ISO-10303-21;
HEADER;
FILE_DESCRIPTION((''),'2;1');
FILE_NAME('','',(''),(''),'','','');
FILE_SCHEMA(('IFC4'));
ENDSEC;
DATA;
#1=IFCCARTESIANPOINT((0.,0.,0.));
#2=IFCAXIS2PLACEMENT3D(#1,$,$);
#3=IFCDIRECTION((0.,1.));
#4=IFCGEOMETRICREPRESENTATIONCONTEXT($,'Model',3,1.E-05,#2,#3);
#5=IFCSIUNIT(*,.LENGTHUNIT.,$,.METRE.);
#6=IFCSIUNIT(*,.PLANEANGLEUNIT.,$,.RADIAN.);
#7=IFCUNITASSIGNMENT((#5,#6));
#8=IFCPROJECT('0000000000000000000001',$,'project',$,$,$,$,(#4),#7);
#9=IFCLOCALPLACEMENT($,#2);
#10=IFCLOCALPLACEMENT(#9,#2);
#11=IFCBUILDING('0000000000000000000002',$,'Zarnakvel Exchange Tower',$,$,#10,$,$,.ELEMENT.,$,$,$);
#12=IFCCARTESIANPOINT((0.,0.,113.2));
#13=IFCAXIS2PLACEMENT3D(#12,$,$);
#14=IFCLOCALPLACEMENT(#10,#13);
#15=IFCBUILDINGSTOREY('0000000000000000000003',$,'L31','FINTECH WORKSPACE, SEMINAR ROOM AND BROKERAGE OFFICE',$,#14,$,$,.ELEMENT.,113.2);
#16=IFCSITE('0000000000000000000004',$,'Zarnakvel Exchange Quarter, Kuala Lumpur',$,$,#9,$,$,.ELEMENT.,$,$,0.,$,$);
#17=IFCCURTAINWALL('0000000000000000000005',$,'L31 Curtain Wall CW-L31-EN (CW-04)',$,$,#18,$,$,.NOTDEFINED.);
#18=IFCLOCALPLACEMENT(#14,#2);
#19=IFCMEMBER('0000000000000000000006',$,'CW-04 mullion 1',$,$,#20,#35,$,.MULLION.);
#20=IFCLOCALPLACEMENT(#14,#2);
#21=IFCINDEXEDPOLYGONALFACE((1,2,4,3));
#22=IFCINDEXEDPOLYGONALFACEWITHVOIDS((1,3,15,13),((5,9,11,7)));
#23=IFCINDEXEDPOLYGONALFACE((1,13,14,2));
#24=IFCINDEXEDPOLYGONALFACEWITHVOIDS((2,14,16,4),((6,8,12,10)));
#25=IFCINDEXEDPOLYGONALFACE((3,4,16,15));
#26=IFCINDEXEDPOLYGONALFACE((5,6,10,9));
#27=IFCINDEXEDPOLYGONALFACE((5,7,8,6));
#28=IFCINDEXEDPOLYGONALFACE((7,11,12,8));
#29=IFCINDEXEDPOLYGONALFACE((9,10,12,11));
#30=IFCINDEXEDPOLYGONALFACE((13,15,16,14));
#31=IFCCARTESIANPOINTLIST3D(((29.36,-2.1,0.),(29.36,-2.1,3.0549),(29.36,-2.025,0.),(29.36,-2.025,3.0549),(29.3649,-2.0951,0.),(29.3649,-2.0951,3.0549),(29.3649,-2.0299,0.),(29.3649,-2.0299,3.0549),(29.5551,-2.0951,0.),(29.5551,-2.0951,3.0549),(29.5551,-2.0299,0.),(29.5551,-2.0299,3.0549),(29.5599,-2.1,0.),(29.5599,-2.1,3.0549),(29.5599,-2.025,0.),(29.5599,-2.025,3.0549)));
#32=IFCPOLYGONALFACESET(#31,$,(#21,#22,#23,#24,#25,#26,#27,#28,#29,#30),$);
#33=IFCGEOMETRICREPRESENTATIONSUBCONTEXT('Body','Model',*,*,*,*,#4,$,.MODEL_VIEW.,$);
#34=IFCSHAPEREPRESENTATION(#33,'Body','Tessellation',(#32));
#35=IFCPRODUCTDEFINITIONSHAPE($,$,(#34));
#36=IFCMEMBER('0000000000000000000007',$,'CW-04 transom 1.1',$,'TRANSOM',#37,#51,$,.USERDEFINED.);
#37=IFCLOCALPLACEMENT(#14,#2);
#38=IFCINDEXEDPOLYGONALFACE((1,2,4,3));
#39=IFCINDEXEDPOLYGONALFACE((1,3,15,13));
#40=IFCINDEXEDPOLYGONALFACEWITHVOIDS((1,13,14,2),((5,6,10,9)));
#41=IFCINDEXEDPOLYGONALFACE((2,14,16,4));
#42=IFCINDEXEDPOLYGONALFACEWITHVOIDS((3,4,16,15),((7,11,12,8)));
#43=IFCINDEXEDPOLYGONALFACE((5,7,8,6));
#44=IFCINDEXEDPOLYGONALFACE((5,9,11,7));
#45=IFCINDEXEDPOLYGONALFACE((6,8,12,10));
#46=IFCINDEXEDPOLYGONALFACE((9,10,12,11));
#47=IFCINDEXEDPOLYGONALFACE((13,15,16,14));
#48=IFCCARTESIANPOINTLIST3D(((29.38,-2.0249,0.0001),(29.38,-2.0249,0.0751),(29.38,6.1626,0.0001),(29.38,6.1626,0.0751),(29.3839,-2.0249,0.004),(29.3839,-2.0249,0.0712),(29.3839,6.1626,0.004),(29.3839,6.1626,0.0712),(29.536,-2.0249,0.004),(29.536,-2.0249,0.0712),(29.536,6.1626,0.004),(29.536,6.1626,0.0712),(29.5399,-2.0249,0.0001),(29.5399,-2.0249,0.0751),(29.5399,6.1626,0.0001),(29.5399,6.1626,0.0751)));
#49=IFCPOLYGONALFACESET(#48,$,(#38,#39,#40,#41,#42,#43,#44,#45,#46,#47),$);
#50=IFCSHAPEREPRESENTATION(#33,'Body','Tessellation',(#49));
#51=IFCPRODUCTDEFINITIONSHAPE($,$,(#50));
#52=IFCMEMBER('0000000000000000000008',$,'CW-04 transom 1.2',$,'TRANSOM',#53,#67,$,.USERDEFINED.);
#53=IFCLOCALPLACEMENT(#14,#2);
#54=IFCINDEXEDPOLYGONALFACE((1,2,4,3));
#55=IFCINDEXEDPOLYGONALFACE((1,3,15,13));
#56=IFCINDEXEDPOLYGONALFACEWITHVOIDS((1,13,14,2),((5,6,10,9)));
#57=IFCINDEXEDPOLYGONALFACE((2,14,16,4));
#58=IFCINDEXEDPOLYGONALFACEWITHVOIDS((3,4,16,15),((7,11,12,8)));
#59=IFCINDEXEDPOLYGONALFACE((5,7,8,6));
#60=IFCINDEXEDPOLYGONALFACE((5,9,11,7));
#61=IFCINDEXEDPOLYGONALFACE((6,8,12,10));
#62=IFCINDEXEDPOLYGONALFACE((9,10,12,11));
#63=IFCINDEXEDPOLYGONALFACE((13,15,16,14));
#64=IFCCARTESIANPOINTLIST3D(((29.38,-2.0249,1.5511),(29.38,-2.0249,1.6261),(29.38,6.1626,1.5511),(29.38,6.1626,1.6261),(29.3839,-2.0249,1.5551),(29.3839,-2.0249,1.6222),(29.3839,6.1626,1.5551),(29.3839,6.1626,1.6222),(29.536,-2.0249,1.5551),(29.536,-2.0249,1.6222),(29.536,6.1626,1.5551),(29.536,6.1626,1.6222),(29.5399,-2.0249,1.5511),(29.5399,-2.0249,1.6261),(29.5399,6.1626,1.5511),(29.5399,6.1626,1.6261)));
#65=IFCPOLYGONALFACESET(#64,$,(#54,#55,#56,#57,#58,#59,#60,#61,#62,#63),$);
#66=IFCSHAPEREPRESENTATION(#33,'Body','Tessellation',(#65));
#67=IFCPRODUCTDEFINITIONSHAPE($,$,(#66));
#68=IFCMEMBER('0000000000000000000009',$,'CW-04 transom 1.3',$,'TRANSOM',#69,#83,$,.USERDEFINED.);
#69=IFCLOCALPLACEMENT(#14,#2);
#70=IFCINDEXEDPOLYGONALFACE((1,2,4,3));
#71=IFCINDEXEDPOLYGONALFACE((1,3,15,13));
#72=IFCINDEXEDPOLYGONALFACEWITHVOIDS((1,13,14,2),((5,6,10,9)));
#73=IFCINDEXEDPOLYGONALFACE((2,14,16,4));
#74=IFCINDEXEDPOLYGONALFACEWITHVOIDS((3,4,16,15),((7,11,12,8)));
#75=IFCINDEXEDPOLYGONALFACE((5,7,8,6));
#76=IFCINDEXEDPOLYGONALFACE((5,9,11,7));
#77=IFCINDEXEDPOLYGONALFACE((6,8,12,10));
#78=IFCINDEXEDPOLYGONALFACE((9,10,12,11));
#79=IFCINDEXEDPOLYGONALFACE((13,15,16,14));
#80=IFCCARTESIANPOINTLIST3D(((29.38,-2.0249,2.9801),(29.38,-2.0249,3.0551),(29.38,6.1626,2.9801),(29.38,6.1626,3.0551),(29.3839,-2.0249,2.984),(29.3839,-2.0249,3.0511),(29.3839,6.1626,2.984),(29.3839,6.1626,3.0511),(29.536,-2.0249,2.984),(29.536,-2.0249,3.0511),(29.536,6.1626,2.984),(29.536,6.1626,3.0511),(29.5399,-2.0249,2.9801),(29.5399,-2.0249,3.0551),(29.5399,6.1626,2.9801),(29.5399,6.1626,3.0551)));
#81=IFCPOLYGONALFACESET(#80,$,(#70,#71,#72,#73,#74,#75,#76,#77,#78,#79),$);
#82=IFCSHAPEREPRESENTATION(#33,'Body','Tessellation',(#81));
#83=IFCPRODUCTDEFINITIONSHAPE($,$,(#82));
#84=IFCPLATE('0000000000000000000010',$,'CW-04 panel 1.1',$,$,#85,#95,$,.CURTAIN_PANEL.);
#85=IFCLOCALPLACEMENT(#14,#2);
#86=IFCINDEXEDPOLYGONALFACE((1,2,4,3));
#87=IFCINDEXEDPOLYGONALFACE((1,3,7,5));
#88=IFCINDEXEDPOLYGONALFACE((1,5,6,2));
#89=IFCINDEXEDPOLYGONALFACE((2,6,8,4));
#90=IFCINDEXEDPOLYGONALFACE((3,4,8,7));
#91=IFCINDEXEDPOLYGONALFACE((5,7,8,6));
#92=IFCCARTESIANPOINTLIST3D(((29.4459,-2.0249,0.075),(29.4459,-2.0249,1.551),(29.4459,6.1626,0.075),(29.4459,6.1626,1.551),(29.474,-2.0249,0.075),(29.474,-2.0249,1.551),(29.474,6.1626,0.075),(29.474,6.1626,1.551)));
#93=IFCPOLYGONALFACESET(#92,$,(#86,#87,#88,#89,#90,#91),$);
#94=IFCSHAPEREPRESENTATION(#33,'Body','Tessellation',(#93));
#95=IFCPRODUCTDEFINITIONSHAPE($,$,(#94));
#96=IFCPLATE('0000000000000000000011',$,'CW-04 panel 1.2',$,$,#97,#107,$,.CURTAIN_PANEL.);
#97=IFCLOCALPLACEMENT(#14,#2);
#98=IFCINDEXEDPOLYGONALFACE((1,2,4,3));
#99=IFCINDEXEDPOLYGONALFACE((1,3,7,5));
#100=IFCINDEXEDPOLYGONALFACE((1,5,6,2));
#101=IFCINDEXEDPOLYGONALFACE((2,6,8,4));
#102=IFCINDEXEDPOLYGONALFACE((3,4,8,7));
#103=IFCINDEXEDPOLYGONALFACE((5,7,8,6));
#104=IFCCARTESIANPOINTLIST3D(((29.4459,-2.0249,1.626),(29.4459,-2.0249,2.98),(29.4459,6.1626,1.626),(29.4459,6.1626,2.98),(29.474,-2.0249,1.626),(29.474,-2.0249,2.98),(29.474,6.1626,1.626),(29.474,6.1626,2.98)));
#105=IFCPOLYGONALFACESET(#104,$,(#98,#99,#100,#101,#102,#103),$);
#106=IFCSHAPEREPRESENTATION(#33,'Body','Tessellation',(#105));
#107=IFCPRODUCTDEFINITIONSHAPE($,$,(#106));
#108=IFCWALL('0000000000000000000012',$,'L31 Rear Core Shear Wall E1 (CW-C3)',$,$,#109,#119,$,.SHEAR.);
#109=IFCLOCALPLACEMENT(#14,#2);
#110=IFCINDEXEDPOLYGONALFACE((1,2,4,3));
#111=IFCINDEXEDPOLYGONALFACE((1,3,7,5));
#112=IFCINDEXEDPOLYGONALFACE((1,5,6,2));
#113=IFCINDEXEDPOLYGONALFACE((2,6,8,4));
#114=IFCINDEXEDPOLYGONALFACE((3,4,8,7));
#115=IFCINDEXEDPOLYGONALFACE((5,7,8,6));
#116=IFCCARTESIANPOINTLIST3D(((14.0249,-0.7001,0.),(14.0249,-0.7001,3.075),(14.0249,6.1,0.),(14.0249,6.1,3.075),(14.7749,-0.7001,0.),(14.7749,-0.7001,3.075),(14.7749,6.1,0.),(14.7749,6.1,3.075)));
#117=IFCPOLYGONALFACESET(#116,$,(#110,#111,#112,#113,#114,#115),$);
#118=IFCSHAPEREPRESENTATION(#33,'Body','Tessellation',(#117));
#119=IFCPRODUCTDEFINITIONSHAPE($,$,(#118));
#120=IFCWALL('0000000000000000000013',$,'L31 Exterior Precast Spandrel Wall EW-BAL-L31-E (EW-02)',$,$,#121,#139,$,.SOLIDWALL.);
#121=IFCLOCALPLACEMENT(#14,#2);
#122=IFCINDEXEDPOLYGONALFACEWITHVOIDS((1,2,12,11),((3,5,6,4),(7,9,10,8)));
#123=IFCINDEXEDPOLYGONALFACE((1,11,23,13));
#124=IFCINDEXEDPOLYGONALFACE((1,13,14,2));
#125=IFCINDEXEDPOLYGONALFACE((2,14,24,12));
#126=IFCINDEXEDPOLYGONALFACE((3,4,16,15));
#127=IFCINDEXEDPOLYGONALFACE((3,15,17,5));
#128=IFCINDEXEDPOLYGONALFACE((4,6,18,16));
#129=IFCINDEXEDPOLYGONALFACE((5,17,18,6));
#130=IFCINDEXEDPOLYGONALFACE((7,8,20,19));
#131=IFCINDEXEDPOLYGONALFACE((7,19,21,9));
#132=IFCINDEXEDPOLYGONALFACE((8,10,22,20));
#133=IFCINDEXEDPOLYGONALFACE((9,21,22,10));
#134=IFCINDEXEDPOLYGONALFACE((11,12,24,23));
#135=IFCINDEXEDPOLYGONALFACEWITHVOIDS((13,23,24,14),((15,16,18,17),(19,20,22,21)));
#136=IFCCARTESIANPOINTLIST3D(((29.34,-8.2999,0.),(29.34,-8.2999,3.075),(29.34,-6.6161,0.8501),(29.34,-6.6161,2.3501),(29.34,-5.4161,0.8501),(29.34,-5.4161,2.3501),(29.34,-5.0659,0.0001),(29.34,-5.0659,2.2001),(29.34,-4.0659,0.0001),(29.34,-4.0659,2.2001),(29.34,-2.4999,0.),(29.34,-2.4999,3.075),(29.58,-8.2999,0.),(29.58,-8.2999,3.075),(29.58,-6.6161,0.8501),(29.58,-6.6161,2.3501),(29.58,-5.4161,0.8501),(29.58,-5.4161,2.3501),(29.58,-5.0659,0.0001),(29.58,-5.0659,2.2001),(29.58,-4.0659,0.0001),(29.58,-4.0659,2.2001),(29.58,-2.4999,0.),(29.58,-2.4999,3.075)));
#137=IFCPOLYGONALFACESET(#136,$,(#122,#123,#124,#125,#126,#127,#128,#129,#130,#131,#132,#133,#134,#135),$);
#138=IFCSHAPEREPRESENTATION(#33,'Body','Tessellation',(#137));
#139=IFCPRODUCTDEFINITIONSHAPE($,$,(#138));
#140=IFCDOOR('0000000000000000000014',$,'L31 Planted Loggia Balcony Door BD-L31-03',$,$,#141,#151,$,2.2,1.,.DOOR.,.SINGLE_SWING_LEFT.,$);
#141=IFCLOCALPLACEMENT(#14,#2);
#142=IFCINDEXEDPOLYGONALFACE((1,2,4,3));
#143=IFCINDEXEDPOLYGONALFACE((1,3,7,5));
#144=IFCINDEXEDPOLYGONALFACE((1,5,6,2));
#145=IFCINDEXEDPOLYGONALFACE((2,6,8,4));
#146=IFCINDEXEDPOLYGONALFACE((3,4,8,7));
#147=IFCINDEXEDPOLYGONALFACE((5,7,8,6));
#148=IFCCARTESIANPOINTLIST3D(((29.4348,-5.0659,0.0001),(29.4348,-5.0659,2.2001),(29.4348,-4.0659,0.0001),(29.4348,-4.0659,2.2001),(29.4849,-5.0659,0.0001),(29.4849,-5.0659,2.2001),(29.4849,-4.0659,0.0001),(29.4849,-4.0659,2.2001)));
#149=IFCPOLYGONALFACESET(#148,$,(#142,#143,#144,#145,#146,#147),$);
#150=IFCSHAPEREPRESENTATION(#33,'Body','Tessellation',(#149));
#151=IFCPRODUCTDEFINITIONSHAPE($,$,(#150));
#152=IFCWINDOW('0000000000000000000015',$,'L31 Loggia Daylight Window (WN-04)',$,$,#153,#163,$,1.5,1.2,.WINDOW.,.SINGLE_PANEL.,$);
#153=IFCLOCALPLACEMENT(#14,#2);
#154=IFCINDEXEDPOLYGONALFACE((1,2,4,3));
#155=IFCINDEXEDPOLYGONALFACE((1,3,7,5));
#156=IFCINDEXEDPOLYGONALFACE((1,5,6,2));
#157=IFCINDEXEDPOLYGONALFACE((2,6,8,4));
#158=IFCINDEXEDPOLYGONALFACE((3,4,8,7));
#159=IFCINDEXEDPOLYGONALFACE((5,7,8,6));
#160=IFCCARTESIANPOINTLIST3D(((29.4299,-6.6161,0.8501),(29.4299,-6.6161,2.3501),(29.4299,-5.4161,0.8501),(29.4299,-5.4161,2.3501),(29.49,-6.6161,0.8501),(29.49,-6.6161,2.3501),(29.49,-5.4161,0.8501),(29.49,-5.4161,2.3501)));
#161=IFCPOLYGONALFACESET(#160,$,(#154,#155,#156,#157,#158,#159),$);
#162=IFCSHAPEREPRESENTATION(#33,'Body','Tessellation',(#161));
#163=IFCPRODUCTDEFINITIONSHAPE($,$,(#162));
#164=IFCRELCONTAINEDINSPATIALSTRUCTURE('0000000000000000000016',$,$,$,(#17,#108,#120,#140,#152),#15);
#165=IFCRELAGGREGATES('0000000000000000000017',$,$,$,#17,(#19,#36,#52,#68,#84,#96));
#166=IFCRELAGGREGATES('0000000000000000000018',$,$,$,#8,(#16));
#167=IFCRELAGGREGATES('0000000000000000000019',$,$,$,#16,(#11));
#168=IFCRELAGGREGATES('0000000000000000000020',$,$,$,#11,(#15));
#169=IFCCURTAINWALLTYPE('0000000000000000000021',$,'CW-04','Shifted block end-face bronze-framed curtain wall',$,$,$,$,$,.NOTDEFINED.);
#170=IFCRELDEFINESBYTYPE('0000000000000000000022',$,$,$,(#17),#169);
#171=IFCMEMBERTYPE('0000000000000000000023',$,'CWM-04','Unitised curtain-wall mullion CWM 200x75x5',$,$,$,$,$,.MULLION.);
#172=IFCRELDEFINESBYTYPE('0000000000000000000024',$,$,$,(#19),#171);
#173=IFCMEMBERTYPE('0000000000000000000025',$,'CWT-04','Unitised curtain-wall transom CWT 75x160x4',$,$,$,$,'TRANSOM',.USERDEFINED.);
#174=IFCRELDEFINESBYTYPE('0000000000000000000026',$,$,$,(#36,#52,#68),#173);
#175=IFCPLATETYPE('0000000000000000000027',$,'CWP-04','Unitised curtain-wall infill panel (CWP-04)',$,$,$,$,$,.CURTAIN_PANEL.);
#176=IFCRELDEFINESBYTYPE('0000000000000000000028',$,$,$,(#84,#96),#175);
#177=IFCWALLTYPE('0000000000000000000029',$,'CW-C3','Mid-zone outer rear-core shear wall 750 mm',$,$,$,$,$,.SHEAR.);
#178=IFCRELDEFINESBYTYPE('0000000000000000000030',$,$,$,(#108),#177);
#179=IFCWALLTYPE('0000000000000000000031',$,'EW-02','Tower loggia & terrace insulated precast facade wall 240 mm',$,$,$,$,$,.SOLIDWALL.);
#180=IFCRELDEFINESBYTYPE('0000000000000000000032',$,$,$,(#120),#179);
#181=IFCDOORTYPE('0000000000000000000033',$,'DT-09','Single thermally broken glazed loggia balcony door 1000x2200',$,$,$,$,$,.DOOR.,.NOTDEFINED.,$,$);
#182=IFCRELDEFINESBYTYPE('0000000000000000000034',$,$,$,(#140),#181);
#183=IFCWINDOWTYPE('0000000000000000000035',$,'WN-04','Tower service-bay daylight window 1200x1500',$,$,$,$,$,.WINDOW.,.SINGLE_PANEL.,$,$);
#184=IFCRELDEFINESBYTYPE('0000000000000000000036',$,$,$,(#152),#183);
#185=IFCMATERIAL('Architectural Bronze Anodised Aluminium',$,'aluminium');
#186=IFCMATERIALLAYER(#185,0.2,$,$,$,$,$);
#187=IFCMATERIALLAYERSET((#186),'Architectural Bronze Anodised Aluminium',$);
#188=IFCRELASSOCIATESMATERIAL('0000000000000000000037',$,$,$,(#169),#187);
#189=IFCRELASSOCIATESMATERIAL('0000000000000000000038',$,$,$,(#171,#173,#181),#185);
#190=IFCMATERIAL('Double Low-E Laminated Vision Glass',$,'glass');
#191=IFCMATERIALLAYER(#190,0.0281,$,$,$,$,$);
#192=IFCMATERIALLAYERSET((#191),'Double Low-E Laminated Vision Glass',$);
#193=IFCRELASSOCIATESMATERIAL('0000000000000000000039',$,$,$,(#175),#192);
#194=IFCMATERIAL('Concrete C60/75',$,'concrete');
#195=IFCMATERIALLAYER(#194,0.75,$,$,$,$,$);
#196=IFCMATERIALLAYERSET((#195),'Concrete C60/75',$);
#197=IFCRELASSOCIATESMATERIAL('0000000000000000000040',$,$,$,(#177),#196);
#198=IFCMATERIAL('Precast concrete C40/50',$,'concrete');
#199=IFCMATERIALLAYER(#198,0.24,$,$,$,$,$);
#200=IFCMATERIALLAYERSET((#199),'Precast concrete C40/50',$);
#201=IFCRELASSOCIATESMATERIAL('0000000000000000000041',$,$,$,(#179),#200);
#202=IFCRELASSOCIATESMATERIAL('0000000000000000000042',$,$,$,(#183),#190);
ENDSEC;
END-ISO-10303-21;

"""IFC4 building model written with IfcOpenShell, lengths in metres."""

from ifc_helpers import new_model, si_unit, direction, frame, frame_2d, origin, origin_2d, place, context, subcontext, project, spatial, rectangle, hollow_rectangle, extrude, source, transform, mapped, material, layer, layer_set, material_profile, profile_set, type_object, element, fill, aggregate, save


model = new_model("IFC4")

# Units and contexts
model_context = context("Model", 3, precision=1e-05, world=origin(), true_north=direction((0.0, 1.0)))
body_context = subcontext(model_context, "Body", "Model", "MODEL_VIEW")
ifc_project = project(units=[si_unit("LENGTHUNIT", "METRE"), si_unit("PLANEANGLEUNIT", "RADIAN")], contexts=[model_context])

# Site, building, storey
site_placement = place(None, origin())
site = spatial("IfcSite", under=ifc_project, at=site_placement, Name="Zarnakvel Exchange Quarter, Kuala Lumpur", CompositionType="ELEMENT", RefElevation=0.0)
building_placement = place(site_placement, origin())
building = spatial("IfcBuilding", under=site, at=building_placement, Name="Zarnakvel Exchange Tower", CompositionType="ELEMENT")
storey_placement = place(building_placement, frame((0.0, 0.0, 113.2)))
storey = spatial("IfcBuildingStorey", under=building, at=storey_placement, Name="L31", Description="FINTECH WORKSPACE, SEMINAR ROOM AND BROKERAGE OFFICE", CompositionType="ELEMENT", Elevation=113.2)

# Shared definitions
ifc_material_1 = material(Name="Concrete C60/75", Category="concrete")

# Curtain wall, members, plates
ifc_material_2 = material(Name="Architectural Bronze Anodised Aluminium", Category="aluminium")
ifc_layer_1 = layer(ifc_material_2, 0.2)
ifc_layer_set_1 = layer_set([ifc_layer_1], Name="Architectural Bronze Anodised Aluminium")
curtain_wall_type = type_object("IfcCurtainWallType", Name="CW-04", Description="Shifted block end-face bronze-framed curtain wall", PredefinedType="NOTDEFINED", material=ifc_layer_set_1)
curtain_wall_placement = place(storey_placement, origin())
curtain_wall = element("IfcCurtainWall", 1, at=curtain_wall_placement, inside=storey, type_object=curtain_wall_type, Name="L31 Curtain Wall CW-L31-EN (CW-04)", PredefinedType="NOTDEFINED")
ifc_material_profile_1 = material_profile(ifc_material_2, hollow_rectangle(XDim=0.2, YDim=0.075, WallThickness=0.0049, at=origin_2d()))
ifc_profile_set_1 = profile_set([ifc_material_profile_1], Name="Architectural Bronze Anodised Aluminium")
member_type_1 = type_object("IfcMemberType", Name="CWM-04", Description="Unitised curtain-wall mullion CWM 200x75x5", PredefinedType="MULLION", material=ifc_profile_set_1)
shared_shape_1 = source(origin(), body_context, "Body", "SweptSolid", [
    extrude(hollow_rectangle(XDim=0.2, YDim=0.075, WallThickness=0.0049, at=origin_2d()), origin(), (0.0, 0.0, 1.0), 3.0549),
])
member_1_placement = place(storey_placement, frame((29.46, -2.0625, 0.0), z_axis=(0.0, 0.0, 1.0), x_axis=(-1.0, 0.0, 0.0)))
member_1 = element("IfcMember", 2, at=member_1_placement, type_object=member_type_1, Name="CW-04 mullion 1", PredefinedType="MULLION", context=body_context, shape_type="MappedRepresentation", body=[
    mapped(shared_shape_1, transform((0.0, 0.0, 0.0), x_axis=(1.0, 0.0, 0.0), y_axis=(0.0, 1.0, 0.0), z_axis=(0.0, 0.0, 1.0), scale=1.0)),
])
ifc_material_profile_2 = material_profile(ifc_material_2, hollow_rectangle(XDim=0.1599, YDim=0.075, WallThickness=0.0039, at=origin_2d()))
ifc_profile_set_2 = profile_set([ifc_material_profile_2], Name="Architectural Bronze Anodised Aluminium")
member_type_2 = type_object("IfcMemberType", Name="CWT-04", Description="Unitised curtain-wall transom CWT 75x160x4", ElementType="TRANSOM", PredefinedType="USERDEFINED", material=ifc_profile_set_2)
shared_shape_2 = source(origin(), body_context, "Body", "SweptSolid", [
    extrude(hollow_rectangle(XDim=0.1599, YDim=0.075, WallThickness=0.0039, at=origin_2d()), origin(), (0.0, 0.0, 1.0), 8.1875),
])
member_2_placement = place(storey_placement, frame((29.46, -2.0249, 0.0376), z_axis=(0.0, 1.0, 0.0), x_axis=(-1.0, 0.0, 0.0)))
member_2 = element("IfcMember", 3, at=member_2_placement, type_object=member_type_2, Name="CW-04 transom 1.1", ObjectType="TRANSOM", PredefinedType="USERDEFINED", context=body_context, shape_type="MappedRepresentation", body=[
    mapped(shared_shape_2, transform((0.0, 0.0, 0.0), x_axis=(1.0, 0.0, 0.0), y_axis=(0.0, 1.0, 0.0), z_axis=(0.0, 0.0, 1.0), scale=1.0)),
])
member_3_placement = place(storey_placement, frame((29.46, -2.0249, 1.5886), z_axis=(0.0, 1.0, 0.0), x_axis=(-1.0, 0.0, 0.0)))
member_3 = element("IfcMember", 4, at=member_3_placement, type_object=member_type_2, Name="CW-04 transom 1.2", ObjectType="TRANSOM", PredefinedType="USERDEFINED", context=body_context, shape_type="MappedRepresentation", body=[
    mapped(shared_shape_2, transform((0.0, 0.0, 0.0), x_axis=(1.0, 0.0, 0.0), y_axis=(0.0, 1.0, 0.0), z_axis=(0.0, 0.0, 1.0), scale=1.0)),
])
member_4_placement = place(storey_placement, frame((29.46, -2.0249, 3.0176), z_axis=(0.0, 1.0, 0.0), x_axis=(-1.0, 0.0, 0.0)))
member_4 = element("IfcMember", 5, at=member_4_placement, type_object=member_type_2, Name="CW-04 transom 1.3", ObjectType="TRANSOM", PredefinedType="USERDEFINED", context=body_context, shape_type="MappedRepresentation", body=[
    mapped(shared_shape_2, transform((0.0, 0.0, 0.0), x_axis=(1.0, 0.0, 0.0), y_axis=(0.0, 1.0, 0.0), z_axis=(0.0, 0.0, 1.0), scale=1.0)),
])
ifc_material_3 = material(Name="Double Low-E Laminated Vision Glass", Category="glass")
ifc_layer_2 = layer(ifc_material_3, 0.0281)
ifc_layer_set_2 = layer_set([ifc_layer_2], Name="Double Low-E Laminated Vision Glass")
plate_type = type_object("IfcPlateType", Name="CWP-04", Description="Unitised curtain-wall infill panel (CWP-04)", PredefinedType="CURTAIN_PANEL", material=ifc_layer_set_2)
shared_shape_3 = source(origin(), body_context, "Body", "SweptSolid", [
    extrude(rectangle(XDim=8.1875, YDim=0.0281, at=origin_2d()), origin(), (0.0, 0.0, 1.0), 1.4761),
])
plate_1_placement = place(storey_placement, frame((29.46, 2.0688, 0.075), z_axis=(0.0, 0.0, 1.0), x_axis=(0.0, 1.0, 0.0)))
plate_1 = element("IfcPlate", 6, at=plate_1_placement, type_object=plate_type, Name="CW-04 panel 1.1", PredefinedType="CURTAIN_PANEL", context=body_context, shape_type="MappedRepresentation", body=[
    mapped(shared_shape_3, transform((0.0, 0.0, 0.0), x_axis=(1.0, 0.0, 0.0), y_axis=(0.0, 1.0, 0.0), z_axis=(0.0, 0.0, 1.0), scale=1.0)),
])
shared_shape_4 = source(origin(), body_context, "Body", "SweptSolid", [
    extrude(rectangle(XDim=8.1875, YDim=0.0281, at=origin_2d()), origin(), (0.0, 0.0, 1.0), 1.354),
])
plate_2_placement = place(storey_placement, frame((29.46, 2.0688, 1.626), z_axis=(0.0, 0.0, 1.0), x_axis=(0.0, 1.0, 0.0)))
plate_2 = element("IfcPlate", 7, at=plate_2_placement, type_object=plate_type, Name="CW-04 panel 1.2", PredefinedType="CURTAIN_PANEL", context=body_context, shape_type="MappedRepresentation", body=[
    mapped(shared_shape_4, transform((0.0, 0.0, 0.0), x_axis=(1.0, 0.0, 0.0), y_axis=(0.0, 1.0, 0.0), z_axis=(0.0, 0.0, 1.0), scale=1.0)),
])
aggregate(curtain_wall, [member_1, member_2, member_3, member_4, plate_1, plate_2])

# Wall
ifc_layer_3 = layer(ifc_material_1, 0.75)
ifc_layer_set_3 = layer_set([ifc_layer_3], Name="Concrete C60/75")
wall_type_1 = type_object("IfcWallType", Name="CW-C3", Description="Mid-zone outer rear-core shear wall 750 mm", PredefinedType="SHEAR", material=ifc_layer_set_3)
wall_1_placement = place(storey_placement, frame((14.3999, -0.7, 0.0), z_axis=(0.0, 0.0, 1.0), x_axis=(0.0, 1.0, 0.0)))
element("IfcWall", 8, at=wall_1_placement, inside=storey, type_object=wall_type_1, Name="L31 Rear Core Shear Wall E1 (CW-C3)", PredefinedType="SHEAR", context=body_context, shape_type="SweptSolid", body=[
    extrude(rectangle(XDim=6.8, YDim=0.75, at=frame_2d((3.3999, 0.0))), origin(), (0.0, 0.0, 1.0), 3.075),
])

# Wall, openings, door, window
ifc_material_4 = material(Name="Precast concrete C40/50", Category="concrete")
ifc_layer_4 = layer(ifc_material_4, 0.24)
ifc_layer_set_4 = layer_set([ifc_layer_4], Name="Precast concrete C40/50")
wall_type_2 = type_object("IfcWallType", Name="EW-02", Description="Tower loggia & terrace insulated precast facade wall 240 mm", PredefinedType="SOLIDWALL", material=ifc_layer_set_4)
wall_2_placement = place(storey_placement, frame((29.46, -2.5, 0.0), z_axis=(0.0, 0.0, 1.0), x_axis=(0.0, -1.0, 0.0)))
wall_2 = element("IfcWall", 9, at=wall_2_placement, inside=storey, type_object=wall_type_2, Name="L31 Exterior Precast Spandrel Wall EW-BAL-L31-E (EW-02)", PredefinedType="SOLIDWALL", context=body_context, shape_type="SweptSolid", body=[
    extrude(rectangle(XDim=5.8, YDim=0.24, at=frame_2d((2.8999, 0.0))), origin(), (0.0, 0.0, 1.0), 3.075),
])
opening_1_placement = place(wall_2_placement, frame((1.5659, 0.0, 0.0)))
opening_1 = element("IfcOpeningElement", 10, at=opening_1_placement, cuts=wall_2, PredefinedType="OPENING", context=body_context, shape_type="SweptSolid", body=[
    extrude(rectangle(XDim=1.0, YDim=2.2, at=frame_2d((0.5, 1.1001))), frame((0.0, 0.1299, 0.0), z_axis=(0.0, -1.0, 0.0), x_axis=(1.0, 0.0, 0.0)), (0.0, 0.0, 1.0), 0.26),
])
opening_2_placement = place(wall_2_placement, frame((2.916, 0.0, 0.8501)))
opening_2 = element("IfcOpeningElement", 11, at=opening_2_placement, cuts=wall_2, PredefinedType="OPENING", context=body_context, shape_type="SweptSolid", body=[
    extrude(rectangle(XDim=1.2, YDim=1.5, at=frame_2d((0.6001, 0.75))), frame((0.0, 0.1299, 0.0), z_axis=(0.0, -1.0, 0.0), x_axis=(1.0, 0.0, 0.0)), (0.0, 0.0, 1.0), 0.26),
])
door_type_1 = type_object("IfcDoorType", Name="DT-09", Description="Single thermally broken glazed loggia balcony door 1000x2200", OperationType="NOTDEFINED", PredefinedType="DOOR", material=ifc_material_2)
shared_shape_5 = source(origin(), body_context, "Body", "SweptSolid", [
    extrude(rectangle(XDim=1.0, YDim=2.2, at=frame_2d((0.5, 1.1001))), frame((0.0, 0.0249, 0.0), z_axis=(0.0, -1.0, 0.0), x_axis=(1.0, 0.0, 0.0)), (0.0, 0.0, 1.0), 0.05),
])
door_1_placement = place(opening_1_placement, origin())
door_1 = element("IfcDoor", 12, at=door_1_placement, inside=storey, type_object=door_type_1, Name="L31 Planted Loggia Balcony Door BD-L31-03", OperationType="SINGLE_SWING_LEFT", OverallHeight=2.2, OverallWidth=1.0, PredefinedType="DOOR", context=body_context, shape_type="MappedRepresentation", body=[
    mapped(shared_shape_5, transform((0.0, 0.0, 0.0), x_axis=(1.0, 0.0, 0.0), y_axis=(0.0, 1.0, 0.0), z_axis=(0.0, 0.0, 1.0), scale=1.0)),
])
fill(opening_1, door_1)
window_type = type_object("IfcWindowType", Name="WN-04", Description="Tower service-bay daylight window 1200x1500", PartitioningType="SINGLE_PANEL", PredefinedType="WINDOW", material=ifc_material_3)
shared_shape_6 = source(origin(), body_context, "Body", "SweptSolid", [
    extrude(rectangle(XDim=1.2, YDim=1.5, at=frame_2d((0.6001, 0.75))), frame((0.0, 0.03, 0.0), z_axis=(0.0, -1.0, 0.0), x_axis=(1.0, 0.0, 0.0)), (0.0, 0.0, 1.0), 0.0601),
])
window_placement = place(opening_2_placement, origin())
window = element("IfcWindow", 13, at=window_placement, inside=storey, type_object=window_type, Name="L31 Loggia Daylight Window (WN-04)", OverallHeight=1.5, OverallWidth=1.2, PartitioningType="SINGLE_PANEL", PredefinedType="WINDOW", context=body_context, shape_type="MappedRepresentation", body=[
    mapped(shared_shape_6, transform((0.0, 0.0, 0.0), x_axis=(1.0, 0.0, 0.0), y_axis=(0.0, 1.0, 0.0), z_axis=(0.0, 0.0, 1.0), scale=1.0)),
])
fill(opening_2, window)

save(model, "model.ifc")
